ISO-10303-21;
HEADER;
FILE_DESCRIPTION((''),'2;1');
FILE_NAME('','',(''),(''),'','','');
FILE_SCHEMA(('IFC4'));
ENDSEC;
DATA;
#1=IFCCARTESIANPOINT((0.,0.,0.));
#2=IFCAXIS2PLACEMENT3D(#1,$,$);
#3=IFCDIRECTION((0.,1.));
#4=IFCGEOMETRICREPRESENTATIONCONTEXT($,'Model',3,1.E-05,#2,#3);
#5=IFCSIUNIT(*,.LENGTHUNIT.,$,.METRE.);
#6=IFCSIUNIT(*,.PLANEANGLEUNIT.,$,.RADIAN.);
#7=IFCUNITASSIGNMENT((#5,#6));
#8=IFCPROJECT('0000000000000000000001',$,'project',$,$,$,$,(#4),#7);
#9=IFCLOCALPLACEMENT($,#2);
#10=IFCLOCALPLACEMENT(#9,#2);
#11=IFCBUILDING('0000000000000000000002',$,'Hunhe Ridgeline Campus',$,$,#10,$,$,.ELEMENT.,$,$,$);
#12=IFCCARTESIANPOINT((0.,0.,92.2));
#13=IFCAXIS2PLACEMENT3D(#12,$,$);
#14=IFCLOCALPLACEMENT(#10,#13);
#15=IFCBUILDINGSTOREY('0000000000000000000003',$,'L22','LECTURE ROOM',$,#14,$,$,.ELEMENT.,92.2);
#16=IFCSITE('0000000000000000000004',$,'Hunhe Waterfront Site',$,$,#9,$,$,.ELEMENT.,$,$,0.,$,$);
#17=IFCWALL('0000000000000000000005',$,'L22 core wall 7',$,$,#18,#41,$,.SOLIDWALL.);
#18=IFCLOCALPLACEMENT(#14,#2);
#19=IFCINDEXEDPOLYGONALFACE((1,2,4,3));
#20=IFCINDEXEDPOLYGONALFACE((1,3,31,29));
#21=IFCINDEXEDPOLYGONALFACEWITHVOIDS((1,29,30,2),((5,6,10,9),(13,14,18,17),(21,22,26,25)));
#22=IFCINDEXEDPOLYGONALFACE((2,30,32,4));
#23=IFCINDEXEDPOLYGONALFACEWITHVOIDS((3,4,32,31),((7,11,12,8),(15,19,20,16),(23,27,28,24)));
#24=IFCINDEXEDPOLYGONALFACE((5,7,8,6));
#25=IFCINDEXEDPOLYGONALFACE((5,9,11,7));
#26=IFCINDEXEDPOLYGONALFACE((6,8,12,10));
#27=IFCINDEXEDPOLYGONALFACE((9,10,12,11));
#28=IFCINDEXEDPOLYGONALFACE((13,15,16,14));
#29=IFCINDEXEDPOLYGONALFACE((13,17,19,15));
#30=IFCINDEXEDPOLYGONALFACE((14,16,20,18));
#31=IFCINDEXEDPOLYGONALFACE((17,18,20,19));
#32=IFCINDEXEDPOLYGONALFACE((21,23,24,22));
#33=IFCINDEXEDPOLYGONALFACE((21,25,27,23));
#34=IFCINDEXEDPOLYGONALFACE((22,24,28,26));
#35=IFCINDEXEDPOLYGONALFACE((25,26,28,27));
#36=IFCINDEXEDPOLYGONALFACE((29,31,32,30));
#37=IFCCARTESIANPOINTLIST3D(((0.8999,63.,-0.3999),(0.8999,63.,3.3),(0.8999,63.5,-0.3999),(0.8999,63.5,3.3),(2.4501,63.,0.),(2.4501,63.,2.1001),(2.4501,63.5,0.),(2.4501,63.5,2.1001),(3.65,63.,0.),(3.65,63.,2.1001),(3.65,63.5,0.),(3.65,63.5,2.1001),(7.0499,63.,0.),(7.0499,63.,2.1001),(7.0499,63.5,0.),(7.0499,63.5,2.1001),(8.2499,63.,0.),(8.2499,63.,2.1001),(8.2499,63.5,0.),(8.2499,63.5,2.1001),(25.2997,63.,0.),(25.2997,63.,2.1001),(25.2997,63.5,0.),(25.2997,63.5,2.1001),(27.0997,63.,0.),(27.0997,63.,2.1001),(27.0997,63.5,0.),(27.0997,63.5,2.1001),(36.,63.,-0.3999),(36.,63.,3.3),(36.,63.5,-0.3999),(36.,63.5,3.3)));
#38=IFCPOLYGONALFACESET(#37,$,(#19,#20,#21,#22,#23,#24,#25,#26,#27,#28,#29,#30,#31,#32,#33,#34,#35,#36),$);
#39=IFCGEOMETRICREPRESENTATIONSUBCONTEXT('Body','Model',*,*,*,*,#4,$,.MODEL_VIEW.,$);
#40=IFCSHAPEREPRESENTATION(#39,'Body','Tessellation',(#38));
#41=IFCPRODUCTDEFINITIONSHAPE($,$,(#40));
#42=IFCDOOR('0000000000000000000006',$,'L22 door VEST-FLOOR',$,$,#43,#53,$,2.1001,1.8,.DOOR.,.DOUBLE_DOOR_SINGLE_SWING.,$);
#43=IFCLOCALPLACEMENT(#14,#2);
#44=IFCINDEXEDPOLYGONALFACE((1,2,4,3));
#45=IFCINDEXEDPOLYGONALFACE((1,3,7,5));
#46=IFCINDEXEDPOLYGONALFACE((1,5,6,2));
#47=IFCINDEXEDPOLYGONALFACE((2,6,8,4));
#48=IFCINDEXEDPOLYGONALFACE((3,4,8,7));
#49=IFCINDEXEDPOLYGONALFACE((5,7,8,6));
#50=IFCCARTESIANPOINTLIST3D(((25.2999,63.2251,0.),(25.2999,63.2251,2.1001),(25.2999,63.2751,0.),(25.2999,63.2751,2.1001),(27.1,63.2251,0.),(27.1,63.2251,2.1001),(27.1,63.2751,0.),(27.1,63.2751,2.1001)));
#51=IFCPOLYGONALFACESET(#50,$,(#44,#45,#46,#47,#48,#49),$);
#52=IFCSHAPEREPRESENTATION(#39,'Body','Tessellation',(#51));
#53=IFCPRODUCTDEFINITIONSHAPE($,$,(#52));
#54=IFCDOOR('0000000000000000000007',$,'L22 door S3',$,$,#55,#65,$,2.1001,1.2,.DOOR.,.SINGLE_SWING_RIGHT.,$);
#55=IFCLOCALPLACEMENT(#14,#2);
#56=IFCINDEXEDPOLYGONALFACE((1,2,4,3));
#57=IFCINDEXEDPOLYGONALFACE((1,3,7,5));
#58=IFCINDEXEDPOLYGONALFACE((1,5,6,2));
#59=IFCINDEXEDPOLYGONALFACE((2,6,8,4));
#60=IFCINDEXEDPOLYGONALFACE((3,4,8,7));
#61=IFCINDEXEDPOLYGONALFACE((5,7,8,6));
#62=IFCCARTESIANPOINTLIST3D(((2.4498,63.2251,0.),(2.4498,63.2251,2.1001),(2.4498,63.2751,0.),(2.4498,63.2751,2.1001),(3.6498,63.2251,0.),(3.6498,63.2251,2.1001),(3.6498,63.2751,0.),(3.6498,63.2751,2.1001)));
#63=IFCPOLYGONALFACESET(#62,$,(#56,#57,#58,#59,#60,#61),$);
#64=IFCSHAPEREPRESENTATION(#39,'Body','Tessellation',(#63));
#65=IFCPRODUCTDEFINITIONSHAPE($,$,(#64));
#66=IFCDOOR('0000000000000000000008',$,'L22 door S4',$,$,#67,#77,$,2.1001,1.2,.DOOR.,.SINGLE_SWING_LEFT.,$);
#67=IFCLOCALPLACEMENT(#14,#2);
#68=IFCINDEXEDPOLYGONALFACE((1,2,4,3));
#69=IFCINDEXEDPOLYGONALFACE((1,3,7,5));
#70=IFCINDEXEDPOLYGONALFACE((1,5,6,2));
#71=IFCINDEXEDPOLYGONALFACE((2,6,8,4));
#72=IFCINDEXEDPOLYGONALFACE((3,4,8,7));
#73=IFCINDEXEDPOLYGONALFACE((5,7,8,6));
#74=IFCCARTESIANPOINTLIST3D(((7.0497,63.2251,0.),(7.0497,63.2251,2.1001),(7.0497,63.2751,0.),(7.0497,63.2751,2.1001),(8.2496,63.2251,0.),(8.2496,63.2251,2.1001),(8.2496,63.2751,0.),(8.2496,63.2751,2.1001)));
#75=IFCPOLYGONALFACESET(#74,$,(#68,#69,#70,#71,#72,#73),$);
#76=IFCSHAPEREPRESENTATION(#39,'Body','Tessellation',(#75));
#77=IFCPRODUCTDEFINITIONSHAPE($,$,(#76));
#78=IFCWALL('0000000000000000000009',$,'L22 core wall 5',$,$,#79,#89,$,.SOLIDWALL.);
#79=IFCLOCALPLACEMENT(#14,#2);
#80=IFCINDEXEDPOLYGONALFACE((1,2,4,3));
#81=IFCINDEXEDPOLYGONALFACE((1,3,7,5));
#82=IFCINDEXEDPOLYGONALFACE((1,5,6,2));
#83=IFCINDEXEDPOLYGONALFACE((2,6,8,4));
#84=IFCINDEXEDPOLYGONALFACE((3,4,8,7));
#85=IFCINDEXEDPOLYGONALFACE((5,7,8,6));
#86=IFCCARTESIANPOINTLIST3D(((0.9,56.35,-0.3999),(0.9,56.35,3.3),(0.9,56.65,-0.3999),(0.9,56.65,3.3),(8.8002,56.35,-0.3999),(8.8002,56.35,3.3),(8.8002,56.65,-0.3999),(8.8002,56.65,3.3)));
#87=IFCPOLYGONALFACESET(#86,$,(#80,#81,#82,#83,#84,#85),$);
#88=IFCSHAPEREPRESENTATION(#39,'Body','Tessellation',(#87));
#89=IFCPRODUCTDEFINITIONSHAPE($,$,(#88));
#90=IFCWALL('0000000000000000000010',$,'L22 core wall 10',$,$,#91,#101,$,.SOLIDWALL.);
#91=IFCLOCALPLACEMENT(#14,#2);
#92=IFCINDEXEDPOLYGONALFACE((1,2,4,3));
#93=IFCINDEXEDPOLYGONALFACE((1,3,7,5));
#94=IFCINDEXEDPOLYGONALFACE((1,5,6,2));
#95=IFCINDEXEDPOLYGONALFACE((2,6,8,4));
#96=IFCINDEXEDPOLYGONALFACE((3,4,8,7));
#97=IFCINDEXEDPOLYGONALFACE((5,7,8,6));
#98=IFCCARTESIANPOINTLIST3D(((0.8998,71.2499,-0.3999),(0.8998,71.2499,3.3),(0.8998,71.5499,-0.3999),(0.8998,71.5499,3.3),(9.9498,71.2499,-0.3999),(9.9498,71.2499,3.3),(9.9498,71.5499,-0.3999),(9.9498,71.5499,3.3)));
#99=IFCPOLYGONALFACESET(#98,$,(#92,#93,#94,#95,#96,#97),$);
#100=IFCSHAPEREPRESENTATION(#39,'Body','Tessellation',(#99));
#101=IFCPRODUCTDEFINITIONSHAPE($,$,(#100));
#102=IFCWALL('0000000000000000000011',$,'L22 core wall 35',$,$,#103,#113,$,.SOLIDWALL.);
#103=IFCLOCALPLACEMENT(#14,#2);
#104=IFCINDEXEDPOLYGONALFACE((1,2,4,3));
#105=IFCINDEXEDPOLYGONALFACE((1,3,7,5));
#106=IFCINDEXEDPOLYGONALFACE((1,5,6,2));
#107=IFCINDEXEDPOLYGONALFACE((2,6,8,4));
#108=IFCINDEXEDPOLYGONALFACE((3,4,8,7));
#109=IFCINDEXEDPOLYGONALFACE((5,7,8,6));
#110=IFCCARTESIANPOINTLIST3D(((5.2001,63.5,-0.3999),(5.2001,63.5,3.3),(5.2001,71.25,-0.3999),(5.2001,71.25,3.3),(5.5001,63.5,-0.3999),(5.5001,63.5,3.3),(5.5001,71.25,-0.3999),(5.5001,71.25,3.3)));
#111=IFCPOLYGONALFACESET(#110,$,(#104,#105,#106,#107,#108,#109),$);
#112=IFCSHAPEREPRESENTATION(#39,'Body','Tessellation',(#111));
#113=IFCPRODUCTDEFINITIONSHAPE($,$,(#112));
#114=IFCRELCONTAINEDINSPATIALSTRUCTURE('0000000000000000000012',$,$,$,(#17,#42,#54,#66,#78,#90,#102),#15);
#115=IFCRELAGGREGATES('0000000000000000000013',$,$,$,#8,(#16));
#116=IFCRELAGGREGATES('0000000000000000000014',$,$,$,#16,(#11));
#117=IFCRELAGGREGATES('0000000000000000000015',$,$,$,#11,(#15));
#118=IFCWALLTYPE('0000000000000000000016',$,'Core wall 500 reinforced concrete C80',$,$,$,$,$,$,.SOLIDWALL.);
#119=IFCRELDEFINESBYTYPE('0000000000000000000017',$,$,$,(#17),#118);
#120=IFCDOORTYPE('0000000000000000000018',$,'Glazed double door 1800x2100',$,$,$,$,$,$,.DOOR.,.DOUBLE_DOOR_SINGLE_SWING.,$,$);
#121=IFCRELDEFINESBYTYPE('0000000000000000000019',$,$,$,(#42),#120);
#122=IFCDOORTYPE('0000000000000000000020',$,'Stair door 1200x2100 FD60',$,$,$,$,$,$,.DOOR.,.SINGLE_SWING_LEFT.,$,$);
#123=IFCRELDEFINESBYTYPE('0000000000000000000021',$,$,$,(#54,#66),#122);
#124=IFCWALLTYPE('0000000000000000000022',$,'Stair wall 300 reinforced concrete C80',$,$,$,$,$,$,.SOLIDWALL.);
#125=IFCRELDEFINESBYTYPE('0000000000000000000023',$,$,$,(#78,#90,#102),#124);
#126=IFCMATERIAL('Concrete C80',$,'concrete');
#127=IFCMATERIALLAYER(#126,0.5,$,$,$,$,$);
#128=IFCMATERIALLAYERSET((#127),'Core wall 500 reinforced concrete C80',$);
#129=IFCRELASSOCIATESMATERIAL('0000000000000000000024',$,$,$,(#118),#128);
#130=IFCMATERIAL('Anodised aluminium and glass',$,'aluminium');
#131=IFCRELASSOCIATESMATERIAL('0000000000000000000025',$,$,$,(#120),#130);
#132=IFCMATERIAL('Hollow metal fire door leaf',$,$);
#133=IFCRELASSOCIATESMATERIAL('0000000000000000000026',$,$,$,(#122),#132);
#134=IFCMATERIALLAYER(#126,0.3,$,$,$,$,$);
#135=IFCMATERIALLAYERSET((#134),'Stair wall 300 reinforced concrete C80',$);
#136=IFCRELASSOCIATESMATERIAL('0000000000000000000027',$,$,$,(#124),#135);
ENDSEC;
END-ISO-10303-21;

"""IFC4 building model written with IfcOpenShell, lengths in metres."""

from ifc_helpers import new_model, si_unit, direction, frame, frame_2d, origin, place, context, subcontext, project, spatial, rectangle, extrude, material, layer, layer_set, type_object, element, fill, save


model = new_model("IFC4")

# Units and contexts
model_context = context("Model", 3, precision=1e-05, world=origin(), true_north=direction((0.0, 1.0)))
body_context = subcontext(model_context, "Body", "Model", "MODEL_VIEW")
ifc_project = project(units=[si_unit("LENGTHUNIT", "METRE"), si_unit("PLANEANGLEUNIT", "RADIAN")], contexts=[model_context])

# Site, building, storey
site_placement = place(None, origin())
site = spatial("IfcSite", under=ifc_project, at=site_placement, Name="Hunhe Waterfront Site", CompositionType="ELEMENT", RefElevation=0.0)
building_placement = place(site_placement, origin())
building = spatial("IfcBuilding", under=site, at=building_placement, Name="Hunhe Ridgeline Campus", CompositionType="ELEMENT")
storey_placement = place(building_placement, frame((0.0, 0.0, 92.2)))
storey = spatial("IfcBuildingStorey", under=building, at=storey_placement, Name="L22", Description="LECTURE ROOM", CompositionType="ELEMENT", Elevation=92.2)

# Wall, openings, doors
ifc_material_1 = material(Name="Concrete C80", Category="concrete")
ifc_layer_1 = layer(ifc_material_1, 0.5)
ifc_layer_set_1 = layer_set([ifc_layer_1], Name="Core wall 500 reinforced concrete C80")
wall_type_1 = type_object("IfcWallType", Name="Core wall 500 reinforced concrete C80", PredefinedType="SOLIDWALL", material=ifc_layer_set_1)
wall_1_placement = place(storey_placement, frame((0.8999, 63.25, -0.3999), z_axis=(0.0, 0.0, 1.0), x_axis=(1.0, 0.0, 0.0)))
wall_1 = element("IfcWall", 1, at=wall_1_placement, inside=storey, type_object=wall_type_1, Name="L22 core wall 7", PredefinedType="SOLIDWALL", context=body_context, shape_type="SweptSolid", body=[
    extrude(rectangle(XDim=35.1001, YDim=0.5, at=frame_2d((17.55, 0.0))), origin(), (0.0, 0.0, 1.0), 3.7),
])
opening_1_placement = place(wall_1_placement, frame((24.3999, 0.0, 0.3999)))
opening_1 = element("IfcOpeningElement", 2, at=opening_1_placement, cuts=wall_1, PredefinedType="OPENING", context=body_context, shape_type="SweptSolid", body=[
    extrude(rectangle(XDim=1.8, YDim=2.1001, at=frame_2d((0.8999, 1.05))), frame((0.0, 0.25, 0.0), z_axis=(0.0, -1.0, 0.0), x_axis=(1.0, 0.0, 0.0)), (0.0, 0.0, 1.0), 0.5),
])
opening_2_placement = place(wall_1_placement, frame((1.55, 0.0, 0.3999)))
opening_2 = element("IfcOpeningElement", 3, at=opening_2_placement, cuts=wall_1, PredefinedType="OPENING", context=body_context, shape_type="SweptSolid", body=[
    extrude(rectangle(XDim=1.2, YDim=2.1001, at=frame_2d((0.6001, 1.05))), frame((0.0, 0.25, 0.0), z_axis=(0.0, -1.0, 0.0), x_axis=(1.0, 0.0, 0.0)), (0.0, 0.0, 1.0), 0.5),
])
opening_3_placement = place(wall_1_placement, frame((6.1499, 0.0, 0.3999)))
opening_3 = element("IfcOpeningElement", 4, at=opening_3_placement, cuts=wall_1, PredefinedType="OPENING", context=body_context, shape_type="SweptSolid", body=[
    extrude(rectangle(XDim=1.2, YDim=2.1001, at=frame_2d((0.6001, 1.05))), frame((0.0, 0.25, 0.0), z_axis=(0.0, -1.0, 0.0), x_axis=(1.0, 0.0, 0.0)), (0.0, 0.0, 1.0), 0.5),
])
ifc_material_2 = material(Name="Anodised aluminium and glass", Category="aluminium")
door_type_1 = type_object("IfcDoorType", Name="Glazed double door 1800x2100", OperationType="DOUBLE_DOOR_SINGLE_SWING", PredefinedType="DOOR", material=ifc_material_2)
door_1_placement = place(opening_1_placement, frame((1.8, 0.0, 0.0), z_axis=(0.0, 0.0, 1.0), x_axis=(-1.0, 0.0, 0.0)))
door_1 = element("IfcDoor", 5, at=door_1_placement, inside=storey, type_object=door_type_1, Name="L22 door VEST-FLOOR", OperationType="DOUBLE_DOOR_SINGLE_SWING", OverallHeight=2.1001, OverallWidth=1.8, PredefinedType="DOOR", context=body_context, shape_type="SweptSolid", body=[
    extrude(rectangle(XDim=1.8, YDim=2.1001, at=frame_2d((0.8999, 1.05))), frame((0.0, 0.0249, 0.0), z_axis=(0.0, -1.0, 0.0), x_axis=(1.0, 0.0, 0.0)), (0.0, 0.0, 1.0), 0.05),
])
fill(opening_1, door_1)
ifc_material_3 = material(Name="Hollow metal fire door leaf")
door_type_2 = type_object("IfcDoorType", Name="Stair door 1200x2100 FD60", OperationType="SINGLE_SWING_LEFT", PredefinedType="DOOR", material=ifc_material_3)
door_2_placement = place(opening_2_placement, frame((1.2, 0.0, 0.0), z_axis=(0.0, 0.0, 1.0), x_axis=(-1.0, 0.0, 0.0)))
door_2 = element("IfcDoor", 6, at=door_2_placement, inside=storey, type_object=door_type_2, Name="L22 door S3", OperationType="SINGLE_SWING_RIGHT", OverallHeight=2.1001, OverallWidth=1.2, PredefinedType="DOOR", context=body_context, shape_type="SweptSolid", body=[
    extrude(rectangle(XDim=1.2, YDim=2.1001, at=frame_2d((0.6001, 1.05))), frame((0.0, 0.0249, 0.0), z_axis=(0.0, -1.0, 0.0), x_axis=(1.0, 0.0, 0.0)), (0.0, 0.0, 1.0), 0.05),
])
fill(opening_2, door_2)
door_3_placement = place(opening_3_placement, frame((1.2, 0.0, 0.0), z_axis=(0.0, 0.0, 1.0), x_axis=(-1.0, 0.0, 0.0)))
door_3 = element("IfcDoor", 7, at=door_3_placement, inside=storey, type_object=door_type_2, Name="L22 door S4", OperationType="SINGLE_SWING_LEFT", OverallHeight=2.1001, OverallWidth=1.2, PredefinedType="DOOR", context=body_context, shape_type="SweptSolid", body=[
    extrude(rectangle(XDim=1.2, YDim=2.1001, at=frame_2d((0.6001, 1.05))), frame((0.0, 0.0249, 0.0), z_axis=(0.0, -1.0, 0.0), x_axis=(1.0, 0.0, 0.0)), (0.0, 0.0, 1.0), 0.05),
])
fill(opening_3, door_3)

# Wall
ifc_layer_2 = layer(ifc_material_1, 0.3)
ifc_layer_set_2 = layer_set([ifc_layer_2], Name="Stair wall 300 reinforced concrete C80")
wall_type_2 = type_object("IfcWallType", Name="Stair wall 300 reinforced concrete C80", PredefinedType="SOLIDWALL", material=ifc_layer_set_2)
wall_2_placement = place(storey_placement, frame((0.8999, 56.5, -0.3999), z_axis=(0.0, 0.0, 1.0), x_axis=(1.0, 0.0, 0.0)))
element("IfcWall", 8, at=wall_2_placement, inside=storey, type_object=wall_type_2, Name="L22 core wall 5", PredefinedType="SOLIDWALL", context=body_context, shape_type="SweptSolid", body=[
    extrude(rectangle(XDim=7.9001, YDim=0.3, at=frame_2d((3.9502, 0.0))), origin(), (0.0, 0.0, 1.0), 3.7),
])

# Walls
wall_3_placement = place(storey_placement, frame((0.8999, 71.3999, -0.3999), z_axis=(0.0, 0.0, 1.0), x_axis=(1.0, 0.0, 0.0)))
element("IfcWall", 9, at=wall_3_placement, inside=storey, type_object=wall_type_2, Name="L22 core wall 10", PredefinedType="SOLIDWALL", context=body_context, shape_type="SweptSolid", body=[
    extrude(rectangle(XDim=9.05, YDim=0.3, at=frame_2d((4.5249, 0.0))), origin(), (0.0, 0.0, 1.0), 3.7),
])
wall_4_placement = place(storey_placement, frame((5.3501, 63.5, -0.3999), z_axis=(0.0, 0.0, 1.0), x_axis=(0.0, 1.0, 0.0)))
element("IfcWall", 10, at=wall_4_placement, inside=storey, type_object=wall_type_2, Name="L22 core wall 35", PredefinedType="SOLIDWALL", context=body_context, shape_type="SweptSolid", body=[
    extrude(rectangle(XDim=7.75, YDim=0.3, at=frame_2d((3.875, 0.0))), origin(), (0.0, 0.0, 1.0), 3.7),
])

save(model, "model.ifc")
